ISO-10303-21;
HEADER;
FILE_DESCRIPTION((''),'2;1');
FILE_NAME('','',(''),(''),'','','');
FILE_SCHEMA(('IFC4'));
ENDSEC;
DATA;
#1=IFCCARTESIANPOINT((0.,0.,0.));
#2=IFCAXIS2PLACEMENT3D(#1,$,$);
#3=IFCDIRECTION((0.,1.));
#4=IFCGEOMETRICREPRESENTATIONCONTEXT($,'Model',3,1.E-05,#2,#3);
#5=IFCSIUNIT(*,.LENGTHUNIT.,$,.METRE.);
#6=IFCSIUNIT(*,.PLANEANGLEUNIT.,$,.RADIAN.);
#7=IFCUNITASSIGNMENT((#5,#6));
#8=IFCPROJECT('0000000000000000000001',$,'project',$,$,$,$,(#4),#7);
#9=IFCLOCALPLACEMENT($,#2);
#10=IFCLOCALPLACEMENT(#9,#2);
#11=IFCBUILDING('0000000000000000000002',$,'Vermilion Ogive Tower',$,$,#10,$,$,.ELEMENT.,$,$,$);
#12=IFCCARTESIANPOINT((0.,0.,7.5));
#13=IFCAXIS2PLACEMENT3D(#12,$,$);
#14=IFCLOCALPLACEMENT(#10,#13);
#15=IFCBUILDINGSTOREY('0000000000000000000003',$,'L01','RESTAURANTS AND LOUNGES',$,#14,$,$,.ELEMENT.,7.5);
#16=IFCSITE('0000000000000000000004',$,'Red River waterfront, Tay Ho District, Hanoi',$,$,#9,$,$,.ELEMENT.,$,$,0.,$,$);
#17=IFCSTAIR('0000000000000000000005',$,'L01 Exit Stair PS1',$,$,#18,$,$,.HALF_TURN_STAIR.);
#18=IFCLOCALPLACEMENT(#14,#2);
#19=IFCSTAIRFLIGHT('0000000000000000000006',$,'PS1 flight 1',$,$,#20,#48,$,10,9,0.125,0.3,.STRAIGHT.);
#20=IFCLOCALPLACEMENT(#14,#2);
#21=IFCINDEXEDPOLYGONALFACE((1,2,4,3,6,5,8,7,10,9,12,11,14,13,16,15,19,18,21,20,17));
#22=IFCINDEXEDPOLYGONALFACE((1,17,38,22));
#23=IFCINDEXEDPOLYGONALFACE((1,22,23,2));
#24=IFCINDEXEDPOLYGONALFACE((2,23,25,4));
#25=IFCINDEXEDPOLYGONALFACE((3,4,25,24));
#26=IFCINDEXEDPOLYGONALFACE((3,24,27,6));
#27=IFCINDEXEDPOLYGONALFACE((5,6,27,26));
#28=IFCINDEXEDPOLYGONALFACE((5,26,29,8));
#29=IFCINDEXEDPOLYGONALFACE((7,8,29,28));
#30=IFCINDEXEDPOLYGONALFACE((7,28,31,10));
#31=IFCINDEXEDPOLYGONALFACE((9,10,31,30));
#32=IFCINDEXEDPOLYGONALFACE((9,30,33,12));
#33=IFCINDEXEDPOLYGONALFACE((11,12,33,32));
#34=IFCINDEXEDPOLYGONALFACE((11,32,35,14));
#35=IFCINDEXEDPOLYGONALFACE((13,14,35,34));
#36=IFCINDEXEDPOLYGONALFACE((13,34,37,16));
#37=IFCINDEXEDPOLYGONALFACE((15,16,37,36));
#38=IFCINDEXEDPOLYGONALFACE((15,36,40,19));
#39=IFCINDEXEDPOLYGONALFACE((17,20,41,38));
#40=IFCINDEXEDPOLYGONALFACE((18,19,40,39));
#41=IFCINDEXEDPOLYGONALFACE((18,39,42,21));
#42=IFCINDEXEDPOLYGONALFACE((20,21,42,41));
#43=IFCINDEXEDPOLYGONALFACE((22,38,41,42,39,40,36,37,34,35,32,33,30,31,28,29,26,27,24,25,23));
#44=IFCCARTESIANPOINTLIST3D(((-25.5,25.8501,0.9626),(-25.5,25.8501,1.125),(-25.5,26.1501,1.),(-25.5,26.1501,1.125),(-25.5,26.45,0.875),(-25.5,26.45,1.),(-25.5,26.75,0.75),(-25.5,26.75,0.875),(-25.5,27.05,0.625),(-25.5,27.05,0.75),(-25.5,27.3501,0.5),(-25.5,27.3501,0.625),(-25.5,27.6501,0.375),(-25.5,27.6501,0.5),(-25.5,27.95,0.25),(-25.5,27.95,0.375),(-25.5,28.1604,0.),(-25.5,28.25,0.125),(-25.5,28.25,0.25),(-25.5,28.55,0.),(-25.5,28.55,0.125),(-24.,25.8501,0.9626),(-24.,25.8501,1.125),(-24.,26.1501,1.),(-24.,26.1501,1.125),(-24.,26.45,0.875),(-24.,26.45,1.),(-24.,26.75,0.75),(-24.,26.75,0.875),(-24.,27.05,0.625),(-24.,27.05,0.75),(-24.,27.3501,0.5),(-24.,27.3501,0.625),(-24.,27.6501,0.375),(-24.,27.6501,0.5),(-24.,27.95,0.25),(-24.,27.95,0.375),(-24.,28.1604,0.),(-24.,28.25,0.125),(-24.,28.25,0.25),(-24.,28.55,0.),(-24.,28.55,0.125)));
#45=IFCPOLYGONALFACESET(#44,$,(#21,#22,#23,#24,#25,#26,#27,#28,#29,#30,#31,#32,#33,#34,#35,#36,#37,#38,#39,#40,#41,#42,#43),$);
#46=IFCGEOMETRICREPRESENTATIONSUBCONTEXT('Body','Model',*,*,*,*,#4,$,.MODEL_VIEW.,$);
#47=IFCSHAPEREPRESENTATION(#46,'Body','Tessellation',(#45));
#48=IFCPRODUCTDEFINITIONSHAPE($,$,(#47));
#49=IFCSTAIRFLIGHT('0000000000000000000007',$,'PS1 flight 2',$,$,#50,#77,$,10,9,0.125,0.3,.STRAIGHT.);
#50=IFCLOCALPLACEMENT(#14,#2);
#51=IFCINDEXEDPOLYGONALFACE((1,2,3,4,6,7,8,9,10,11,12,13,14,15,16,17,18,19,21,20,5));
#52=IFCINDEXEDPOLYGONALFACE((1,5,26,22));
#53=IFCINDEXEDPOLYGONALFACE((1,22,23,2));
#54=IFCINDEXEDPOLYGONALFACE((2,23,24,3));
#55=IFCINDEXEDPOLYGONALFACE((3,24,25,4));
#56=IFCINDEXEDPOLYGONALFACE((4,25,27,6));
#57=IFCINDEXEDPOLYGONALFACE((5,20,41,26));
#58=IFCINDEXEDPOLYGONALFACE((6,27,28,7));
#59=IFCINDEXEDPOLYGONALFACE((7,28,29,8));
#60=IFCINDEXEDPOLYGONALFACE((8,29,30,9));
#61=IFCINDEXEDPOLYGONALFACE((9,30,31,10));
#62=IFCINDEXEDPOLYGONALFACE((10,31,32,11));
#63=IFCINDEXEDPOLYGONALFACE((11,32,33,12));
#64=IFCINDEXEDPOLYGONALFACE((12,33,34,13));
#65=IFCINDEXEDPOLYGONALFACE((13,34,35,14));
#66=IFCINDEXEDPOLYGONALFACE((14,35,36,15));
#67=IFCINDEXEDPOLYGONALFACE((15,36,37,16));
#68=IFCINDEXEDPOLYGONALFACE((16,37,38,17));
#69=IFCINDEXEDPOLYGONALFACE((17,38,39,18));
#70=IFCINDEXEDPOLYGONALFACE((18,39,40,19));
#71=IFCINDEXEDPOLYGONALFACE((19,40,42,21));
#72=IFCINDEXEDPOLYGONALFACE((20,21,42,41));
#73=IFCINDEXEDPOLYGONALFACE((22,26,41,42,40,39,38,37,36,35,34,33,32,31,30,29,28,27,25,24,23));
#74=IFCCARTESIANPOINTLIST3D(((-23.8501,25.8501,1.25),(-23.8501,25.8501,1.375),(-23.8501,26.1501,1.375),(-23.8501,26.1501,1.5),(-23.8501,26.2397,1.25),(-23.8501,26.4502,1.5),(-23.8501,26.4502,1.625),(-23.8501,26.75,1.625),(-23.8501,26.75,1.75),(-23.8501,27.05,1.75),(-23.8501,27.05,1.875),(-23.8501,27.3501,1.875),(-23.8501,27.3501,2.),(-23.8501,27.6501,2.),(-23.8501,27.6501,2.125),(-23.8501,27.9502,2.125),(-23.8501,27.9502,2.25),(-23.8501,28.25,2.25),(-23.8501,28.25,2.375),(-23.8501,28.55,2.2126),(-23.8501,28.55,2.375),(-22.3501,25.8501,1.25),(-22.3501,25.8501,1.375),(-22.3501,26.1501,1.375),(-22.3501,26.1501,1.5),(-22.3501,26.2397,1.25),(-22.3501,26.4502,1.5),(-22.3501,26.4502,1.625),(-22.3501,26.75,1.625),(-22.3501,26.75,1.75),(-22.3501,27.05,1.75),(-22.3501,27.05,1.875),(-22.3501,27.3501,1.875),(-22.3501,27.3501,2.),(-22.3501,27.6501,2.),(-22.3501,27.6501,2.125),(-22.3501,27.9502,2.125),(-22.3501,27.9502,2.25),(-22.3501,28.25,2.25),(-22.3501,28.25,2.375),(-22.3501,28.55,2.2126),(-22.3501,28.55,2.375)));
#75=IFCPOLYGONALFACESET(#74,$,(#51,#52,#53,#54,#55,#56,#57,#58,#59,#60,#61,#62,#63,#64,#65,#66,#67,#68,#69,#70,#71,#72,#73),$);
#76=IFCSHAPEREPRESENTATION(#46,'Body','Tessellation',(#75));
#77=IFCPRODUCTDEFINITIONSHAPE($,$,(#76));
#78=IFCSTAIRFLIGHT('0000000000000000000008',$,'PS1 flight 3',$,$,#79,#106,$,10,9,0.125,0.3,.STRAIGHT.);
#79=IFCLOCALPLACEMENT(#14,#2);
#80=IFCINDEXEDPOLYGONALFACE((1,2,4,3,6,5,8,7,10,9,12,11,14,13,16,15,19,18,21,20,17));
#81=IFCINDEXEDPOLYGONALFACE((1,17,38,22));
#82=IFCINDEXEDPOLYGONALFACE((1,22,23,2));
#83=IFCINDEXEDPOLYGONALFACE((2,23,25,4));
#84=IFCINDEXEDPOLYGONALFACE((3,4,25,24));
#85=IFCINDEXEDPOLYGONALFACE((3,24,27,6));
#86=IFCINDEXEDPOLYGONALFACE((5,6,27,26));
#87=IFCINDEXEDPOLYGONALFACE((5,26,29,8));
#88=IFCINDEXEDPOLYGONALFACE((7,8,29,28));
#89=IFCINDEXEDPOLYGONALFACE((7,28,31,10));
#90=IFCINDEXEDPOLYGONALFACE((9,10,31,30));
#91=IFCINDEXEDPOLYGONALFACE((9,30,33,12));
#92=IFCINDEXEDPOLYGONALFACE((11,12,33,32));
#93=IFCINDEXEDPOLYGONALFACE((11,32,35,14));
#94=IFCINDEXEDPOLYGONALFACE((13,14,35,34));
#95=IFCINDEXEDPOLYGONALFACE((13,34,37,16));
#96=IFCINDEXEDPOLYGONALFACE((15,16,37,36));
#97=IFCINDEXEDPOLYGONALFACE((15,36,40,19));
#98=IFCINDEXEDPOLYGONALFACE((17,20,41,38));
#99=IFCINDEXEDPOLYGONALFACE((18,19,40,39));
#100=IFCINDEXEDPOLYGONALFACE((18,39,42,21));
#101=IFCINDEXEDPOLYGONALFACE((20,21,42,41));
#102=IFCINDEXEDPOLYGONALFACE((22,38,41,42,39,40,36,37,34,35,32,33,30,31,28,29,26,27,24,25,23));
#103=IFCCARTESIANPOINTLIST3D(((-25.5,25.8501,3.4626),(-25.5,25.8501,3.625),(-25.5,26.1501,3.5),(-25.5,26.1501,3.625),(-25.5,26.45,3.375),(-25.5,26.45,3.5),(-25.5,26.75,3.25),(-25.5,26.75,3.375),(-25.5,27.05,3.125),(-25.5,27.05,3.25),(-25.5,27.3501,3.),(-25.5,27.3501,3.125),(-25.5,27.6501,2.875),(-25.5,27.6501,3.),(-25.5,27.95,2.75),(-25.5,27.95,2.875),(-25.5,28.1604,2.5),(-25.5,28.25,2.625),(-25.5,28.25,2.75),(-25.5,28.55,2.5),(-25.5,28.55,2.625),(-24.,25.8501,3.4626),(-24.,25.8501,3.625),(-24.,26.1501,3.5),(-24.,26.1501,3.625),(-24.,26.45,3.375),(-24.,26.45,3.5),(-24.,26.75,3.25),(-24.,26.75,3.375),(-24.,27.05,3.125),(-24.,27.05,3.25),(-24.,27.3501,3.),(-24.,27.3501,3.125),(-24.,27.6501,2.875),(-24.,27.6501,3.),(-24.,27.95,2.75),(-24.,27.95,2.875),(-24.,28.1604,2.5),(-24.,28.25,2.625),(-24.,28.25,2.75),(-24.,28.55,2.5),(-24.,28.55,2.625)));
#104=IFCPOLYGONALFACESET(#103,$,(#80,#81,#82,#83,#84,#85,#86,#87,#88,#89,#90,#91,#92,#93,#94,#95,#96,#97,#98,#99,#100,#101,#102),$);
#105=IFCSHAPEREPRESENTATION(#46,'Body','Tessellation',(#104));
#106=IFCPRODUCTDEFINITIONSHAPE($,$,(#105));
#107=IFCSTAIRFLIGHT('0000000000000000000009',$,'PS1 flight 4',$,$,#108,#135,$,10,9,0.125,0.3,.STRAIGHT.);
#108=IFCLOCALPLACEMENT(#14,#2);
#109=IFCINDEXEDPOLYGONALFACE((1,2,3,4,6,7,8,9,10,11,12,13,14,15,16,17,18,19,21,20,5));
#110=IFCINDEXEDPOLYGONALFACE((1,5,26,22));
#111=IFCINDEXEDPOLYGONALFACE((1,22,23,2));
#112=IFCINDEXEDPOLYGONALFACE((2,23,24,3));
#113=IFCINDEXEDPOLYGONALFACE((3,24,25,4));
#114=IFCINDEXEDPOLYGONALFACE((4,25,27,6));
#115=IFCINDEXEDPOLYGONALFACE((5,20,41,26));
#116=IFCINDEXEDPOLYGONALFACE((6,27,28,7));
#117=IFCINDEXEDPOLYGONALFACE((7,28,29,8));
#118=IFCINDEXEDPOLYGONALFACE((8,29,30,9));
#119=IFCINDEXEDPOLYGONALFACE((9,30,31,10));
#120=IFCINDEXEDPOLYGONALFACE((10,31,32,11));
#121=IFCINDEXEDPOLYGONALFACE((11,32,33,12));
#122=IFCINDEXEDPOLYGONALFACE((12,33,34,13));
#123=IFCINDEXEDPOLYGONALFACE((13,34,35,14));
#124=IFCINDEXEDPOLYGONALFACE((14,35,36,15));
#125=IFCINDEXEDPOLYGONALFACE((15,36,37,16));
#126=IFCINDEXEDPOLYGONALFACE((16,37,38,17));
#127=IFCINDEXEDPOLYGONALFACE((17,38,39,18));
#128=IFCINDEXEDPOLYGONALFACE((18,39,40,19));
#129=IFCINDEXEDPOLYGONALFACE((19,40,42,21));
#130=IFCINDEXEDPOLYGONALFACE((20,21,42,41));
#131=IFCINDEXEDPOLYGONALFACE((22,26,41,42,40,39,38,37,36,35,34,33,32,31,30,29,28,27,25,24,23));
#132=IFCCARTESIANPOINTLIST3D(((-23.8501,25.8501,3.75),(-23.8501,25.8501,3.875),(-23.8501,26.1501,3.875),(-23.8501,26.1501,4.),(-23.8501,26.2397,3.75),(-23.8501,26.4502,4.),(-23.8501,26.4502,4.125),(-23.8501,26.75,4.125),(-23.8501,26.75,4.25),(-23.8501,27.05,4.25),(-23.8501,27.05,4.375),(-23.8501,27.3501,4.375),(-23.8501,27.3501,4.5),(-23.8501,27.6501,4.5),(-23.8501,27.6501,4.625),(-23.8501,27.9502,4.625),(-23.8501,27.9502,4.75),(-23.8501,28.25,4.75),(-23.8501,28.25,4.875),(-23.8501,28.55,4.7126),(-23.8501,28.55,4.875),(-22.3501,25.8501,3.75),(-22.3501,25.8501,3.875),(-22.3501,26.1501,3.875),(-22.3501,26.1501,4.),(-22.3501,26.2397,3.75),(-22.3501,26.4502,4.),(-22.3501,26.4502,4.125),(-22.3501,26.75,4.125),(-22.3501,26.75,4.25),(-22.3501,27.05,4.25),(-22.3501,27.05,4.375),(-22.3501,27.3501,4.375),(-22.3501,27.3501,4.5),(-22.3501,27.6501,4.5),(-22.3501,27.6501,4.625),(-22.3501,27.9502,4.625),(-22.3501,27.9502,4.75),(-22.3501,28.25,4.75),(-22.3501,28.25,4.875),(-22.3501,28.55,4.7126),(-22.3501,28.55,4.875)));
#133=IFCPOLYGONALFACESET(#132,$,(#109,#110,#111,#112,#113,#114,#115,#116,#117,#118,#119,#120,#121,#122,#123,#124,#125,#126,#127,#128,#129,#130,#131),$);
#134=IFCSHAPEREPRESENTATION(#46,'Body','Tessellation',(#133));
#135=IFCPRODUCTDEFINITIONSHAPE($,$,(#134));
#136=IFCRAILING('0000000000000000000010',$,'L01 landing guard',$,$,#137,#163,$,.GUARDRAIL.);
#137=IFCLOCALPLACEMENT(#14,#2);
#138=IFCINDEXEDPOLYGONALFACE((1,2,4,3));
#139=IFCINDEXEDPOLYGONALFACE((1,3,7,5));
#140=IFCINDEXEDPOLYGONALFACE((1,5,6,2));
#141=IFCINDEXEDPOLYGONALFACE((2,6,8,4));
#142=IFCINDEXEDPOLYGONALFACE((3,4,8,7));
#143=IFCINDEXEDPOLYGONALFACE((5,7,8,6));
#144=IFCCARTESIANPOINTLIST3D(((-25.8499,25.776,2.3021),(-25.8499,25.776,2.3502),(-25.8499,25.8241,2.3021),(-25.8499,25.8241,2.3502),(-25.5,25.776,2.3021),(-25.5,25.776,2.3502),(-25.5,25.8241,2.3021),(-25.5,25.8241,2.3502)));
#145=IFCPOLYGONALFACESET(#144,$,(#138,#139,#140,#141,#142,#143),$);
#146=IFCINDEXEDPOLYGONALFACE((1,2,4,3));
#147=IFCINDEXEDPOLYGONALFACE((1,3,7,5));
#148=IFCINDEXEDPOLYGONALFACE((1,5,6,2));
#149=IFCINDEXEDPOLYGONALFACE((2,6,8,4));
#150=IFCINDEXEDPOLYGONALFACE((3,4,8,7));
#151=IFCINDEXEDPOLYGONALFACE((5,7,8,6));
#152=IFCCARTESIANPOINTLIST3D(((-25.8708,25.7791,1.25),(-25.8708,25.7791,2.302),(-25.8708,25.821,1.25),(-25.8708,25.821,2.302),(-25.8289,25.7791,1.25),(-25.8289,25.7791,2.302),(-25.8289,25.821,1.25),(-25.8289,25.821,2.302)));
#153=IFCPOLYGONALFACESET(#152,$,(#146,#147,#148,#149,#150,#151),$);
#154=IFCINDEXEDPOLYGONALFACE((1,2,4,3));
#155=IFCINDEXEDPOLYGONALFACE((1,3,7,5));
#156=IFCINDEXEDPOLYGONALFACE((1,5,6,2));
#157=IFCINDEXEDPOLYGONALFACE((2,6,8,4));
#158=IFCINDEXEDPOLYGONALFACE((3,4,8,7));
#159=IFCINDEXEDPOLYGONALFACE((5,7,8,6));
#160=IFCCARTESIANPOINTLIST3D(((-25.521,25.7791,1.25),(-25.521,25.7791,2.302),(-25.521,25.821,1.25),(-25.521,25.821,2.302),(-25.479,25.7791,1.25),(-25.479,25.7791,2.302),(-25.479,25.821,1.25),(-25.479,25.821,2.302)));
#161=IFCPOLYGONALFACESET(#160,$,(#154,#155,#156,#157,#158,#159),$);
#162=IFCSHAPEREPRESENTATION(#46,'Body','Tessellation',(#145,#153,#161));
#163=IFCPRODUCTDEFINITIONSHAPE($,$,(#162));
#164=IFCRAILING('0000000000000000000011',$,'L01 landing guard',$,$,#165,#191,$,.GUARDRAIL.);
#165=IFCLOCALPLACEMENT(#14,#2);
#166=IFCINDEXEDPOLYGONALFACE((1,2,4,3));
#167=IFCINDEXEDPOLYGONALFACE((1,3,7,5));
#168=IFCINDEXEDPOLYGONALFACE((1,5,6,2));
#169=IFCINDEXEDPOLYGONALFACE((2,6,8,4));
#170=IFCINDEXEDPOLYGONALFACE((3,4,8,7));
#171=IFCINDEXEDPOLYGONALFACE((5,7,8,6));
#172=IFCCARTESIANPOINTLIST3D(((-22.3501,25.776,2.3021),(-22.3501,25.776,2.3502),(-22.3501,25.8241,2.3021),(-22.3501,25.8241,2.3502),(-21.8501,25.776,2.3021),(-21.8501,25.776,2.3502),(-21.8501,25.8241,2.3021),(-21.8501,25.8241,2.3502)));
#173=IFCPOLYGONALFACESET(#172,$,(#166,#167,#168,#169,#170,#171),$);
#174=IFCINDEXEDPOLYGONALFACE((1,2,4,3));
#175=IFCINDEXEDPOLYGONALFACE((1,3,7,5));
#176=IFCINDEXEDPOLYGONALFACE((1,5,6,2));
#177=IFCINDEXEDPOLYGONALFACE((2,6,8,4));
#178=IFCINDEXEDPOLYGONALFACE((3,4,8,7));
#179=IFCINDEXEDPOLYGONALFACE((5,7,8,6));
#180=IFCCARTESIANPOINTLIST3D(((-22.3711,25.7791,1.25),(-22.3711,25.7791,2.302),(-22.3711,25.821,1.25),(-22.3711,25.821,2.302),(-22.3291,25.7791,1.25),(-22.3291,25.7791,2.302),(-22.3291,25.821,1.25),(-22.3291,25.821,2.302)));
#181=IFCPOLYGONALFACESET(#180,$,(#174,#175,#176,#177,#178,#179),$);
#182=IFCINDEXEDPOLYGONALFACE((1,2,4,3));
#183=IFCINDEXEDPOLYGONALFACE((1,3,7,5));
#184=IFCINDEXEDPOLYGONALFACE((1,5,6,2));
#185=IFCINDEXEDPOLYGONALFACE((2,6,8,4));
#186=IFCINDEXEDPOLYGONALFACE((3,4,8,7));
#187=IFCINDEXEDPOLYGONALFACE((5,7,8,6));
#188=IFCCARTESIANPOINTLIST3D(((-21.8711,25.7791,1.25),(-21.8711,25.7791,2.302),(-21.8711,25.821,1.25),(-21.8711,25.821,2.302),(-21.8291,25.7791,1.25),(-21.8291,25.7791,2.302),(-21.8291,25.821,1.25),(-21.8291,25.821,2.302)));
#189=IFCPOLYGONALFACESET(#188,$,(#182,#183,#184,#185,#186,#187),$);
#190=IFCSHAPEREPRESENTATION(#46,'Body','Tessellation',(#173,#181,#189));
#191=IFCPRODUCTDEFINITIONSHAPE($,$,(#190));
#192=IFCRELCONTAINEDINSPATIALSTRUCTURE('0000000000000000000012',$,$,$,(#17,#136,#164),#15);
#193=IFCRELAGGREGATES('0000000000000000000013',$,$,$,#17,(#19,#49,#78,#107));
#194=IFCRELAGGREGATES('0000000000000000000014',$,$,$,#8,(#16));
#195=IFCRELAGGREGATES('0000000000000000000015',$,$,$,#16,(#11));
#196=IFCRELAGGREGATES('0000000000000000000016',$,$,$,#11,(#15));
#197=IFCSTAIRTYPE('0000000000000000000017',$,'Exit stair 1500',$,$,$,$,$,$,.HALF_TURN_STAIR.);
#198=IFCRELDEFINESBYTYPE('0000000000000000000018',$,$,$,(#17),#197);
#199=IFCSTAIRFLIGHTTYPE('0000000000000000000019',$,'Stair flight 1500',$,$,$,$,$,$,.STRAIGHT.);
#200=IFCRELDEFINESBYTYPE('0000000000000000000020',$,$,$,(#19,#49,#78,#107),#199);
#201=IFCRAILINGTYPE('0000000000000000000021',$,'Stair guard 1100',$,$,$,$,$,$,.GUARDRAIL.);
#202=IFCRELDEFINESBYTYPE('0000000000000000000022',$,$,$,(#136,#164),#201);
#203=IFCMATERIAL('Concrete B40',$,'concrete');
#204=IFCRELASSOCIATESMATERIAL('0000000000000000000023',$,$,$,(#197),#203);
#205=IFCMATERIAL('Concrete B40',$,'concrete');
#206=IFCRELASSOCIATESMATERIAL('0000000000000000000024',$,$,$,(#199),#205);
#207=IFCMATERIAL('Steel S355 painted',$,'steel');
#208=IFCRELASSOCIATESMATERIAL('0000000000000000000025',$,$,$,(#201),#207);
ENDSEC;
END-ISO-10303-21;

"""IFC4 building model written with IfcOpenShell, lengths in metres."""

from ifc_helpers import new_model, si_unit, direction, frame, origin, origin_2d, place, context, subcontext, project, spatial, polyline, rectangle, outline, extrude, material, type_object, element, aggregate, save


model = new_model("IFC4")

# Units and contexts
model_context = context("Model", 3, precision=1e-05, world=origin(), true_north=direction((0.0, 1.0)))
body_context = subcontext(model_context, "Body", "Model", "MODEL_VIEW")
ifc_project = project(units=[si_unit("LENGTHUNIT", "METRE"), si_unit("PLANEANGLEUNIT", "RADIAN")], contexts=[model_context])

# Site, building, storey
site_placement = place(None, origin())
site = spatial("IfcSite", under=ifc_project, at=site_placement, Name="Red River waterfront, Tay Ho District, Hanoi", CompositionType="ELEMENT", RefElevation=0.0)
building_placement = place(site_placement, origin())
building = spatial("IfcBuilding", under=site, at=building_placement, Name="Vermilion Ogive Tower", CompositionType="ELEMENT")
storey_placement = place(building_placement, frame((0.0, 0.0, 7.5)))
storey = spatial("IfcBuildingStorey", under=building, at=storey_placement, Name="L01", Description="RESTAURANTS AND LOUNGES", CompositionType="ELEMENT", Elevation=7.5)

# Stair, stair flights
ifc_material_1 = material(Name="Concrete B40", Category="concrete")
stair_type = type_object("IfcStairType", Name="Exit stair 1500", PredefinedType="HALF_TURN_STAIR", material=ifc_material_1)
stair_placement = place(storey_placement, origin())
stair = element("IfcStair", 1, at=stair_placement, inside=storey, type_object=stair_type, Name="L01 Exit Stair PS1", PredefinedType="HALF_TURN_STAIR")
ifc_material_2 = material(Name="Concrete B40", Category="concrete")
stair_flight_type = type_object("IfcStairFlightType", Name="Stair flight 1500", PredefinedType="STRAIGHT", material=ifc_material_2)
stair_flight_1_placement = place(storey_placement, frame((-24.75, 28.55, 0.0), z_axis=(0.0, 0.0, 1.0), x_axis=(0.0, -1.0, 0.0)))
stair_flight_1 = element("IfcStairFlight", 2, at=stair_flight_1_placement, type_object=stair_flight_type, Name="PS1 flight 1", NumberOfRisers=10, NumberOfTreads=9, PredefinedType="STRAIGHT", RiserHeight=0.125, TreadLength=0.3, context=body_context, shape_type="SweptSolid", body=[
    extrude(outline(polyline([(0.0, 0.0), (0.0, 0.125), (0.3, 0.125), (0.3, 0.25), (0.6001, 0.25), (0.6001, 0.375), (0.8999, 0.375), (0.8999, 0.5), (1.2, 0.5), (1.2, 0.625), (1.5, 0.625), (1.5, 0.75), (1.8, 0.75), (1.8, 0.875), (2.1001, 0.875), (2.1001, 1.0), (2.3999, 1.0), (2.3999, 1.125), (2.7, 1.125), (2.7, 1.25), (2.7, 0.9626), (0.3896, 0.0), (0.0, 0.0)])), frame((0.0, 0.75, 0.0), z_axis=(0.0, -1.0, 0.0), x_axis=(1.0, 0.0, 0.0)), (0.0, 0.0, 1.0), 1.5),
])
stair_flight_2_placement = place(storey_placement, frame((-23.1001, 25.8501, 1.25), z_axis=(0.0, 0.0, 1.0), x_axis=(0.0, 1.0, 0.0)))
stair_flight_2 = element("IfcStairFlight", 3, at=stair_flight_2_placement, type_object=stair_flight_type, Name="PS1 flight 2", NumberOfRisers=10, NumberOfTreads=9, PredefinedType="STRAIGHT", RiserHeight=0.125, TreadLength=0.3, context=body_context, shape_type="SweptSolid", body=[
    extrude(outline(polyline([(0.0, 0.0), (0.0, 0.125), (0.3, 0.125), (0.3, 0.25), (0.6001, 0.25), (0.6001, 0.375), (0.8999, 0.375), (0.8999, 0.5), (1.2, 0.5), (1.2, 0.625), (1.5, 0.625), (1.5, 0.75), (1.8, 0.75), (1.8, 0.875), (2.1001, 0.875), (2.1001, 1.0), (2.3999, 1.0), (2.3999, 1.125), (2.7, 1.125), (2.7, 1.25), (2.7, 0.9626), (0.3896, 0.0), (0.0, 0.0)])), frame((0.0, 0.75, 0.0), z_axis=(0.0, -1.0, 0.0), x_axis=(1.0, 0.0, 0.0)), (0.0, 0.0, 1.0), 1.5),
])
stair_flight_3_placement = place(storey_placement, frame((-24.75, 28.55, 2.5), z_axis=(0.0, 0.0, 1.0), x_axis=(0.0, -1.0, 0.0)))
stair_flight_3 = element("IfcStairFlight", 4, at=stair_flight_3_placement, type_object=stair_flight_type, Name="PS1 flight 3", NumberOfRisers=10, NumberOfTreads=9, PredefinedType="STRAIGHT", RiserHeight=0.125, TreadLength=0.3, context=body_context, shape_type="SweptSolid", body=[
    extrude(outline(polyline([(0.0, 0.0), (0.0, 0.125), (0.3, 0.125), (0.3, 0.25), (0.6001, 0.25), (0.6001, 0.375), (0.8999, 0.375), (0.8999, 0.5), (1.2, 0.5), (1.2, 0.625), (1.5, 0.625), (1.5, 0.75), (1.8, 0.75), (1.8, 0.875), (2.1001, 0.875), (2.1001, 1.0), (2.3999, 1.0), (2.3999, 1.125), (2.7, 1.125), (2.7, 1.25), (2.7, 0.9626), (0.3896, 0.0), (0.0, 0.0)])), frame((0.0, 0.75, 0.0), z_axis=(0.0, -1.0, 0.0), x_axis=(1.0, 0.0, 0.0)), (0.0, 0.0, 1.0), 1.5),
])
stair_flight_4_placement = place(storey_placement, frame((-23.1001, 25.8501, 3.75), z_axis=(0.0, 0.0, 1.0), x_axis=(0.0, 1.0, 0.0)))
stair_flight_4 = element("IfcStairFlight", 5, at=stair_flight_4_placement, type_object=stair_flight_type, Name="PS1 flight 4", NumberOfRisers=10, NumberOfTreads=9, PredefinedType="STRAIGHT", RiserHeight=0.125, TreadLength=0.3, context=body_context, shape_type="SweptSolid", body=[
    extrude(outline(polyline([(0.0, 0.0), (0.0, 0.125), (0.3, 0.125), (0.3, 0.25), (0.6001, 0.25), (0.6001, 0.375), (0.8999, 0.375), (0.8999, 0.5), (1.2, 0.5), (1.2, 0.625), (1.5, 0.625), (1.5, 0.75), (1.8, 0.75), (1.8, 0.875), (2.1001, 0.875), (2.1001, 1.0), (2.3999, 1.0), (2.3999, 1.125), (2.7, 1.125), (2.7, 1.25), (2.7, 0.9626), (0.3896, 0.0), (0.0, 0.0)])), frame((0.0, 0.75, 0.0), z_axis=(0.0, -1.0, 0.0), x_axis=(1.0, 0.0, 0.0)), (0.0, 0.0, 1.0), 1.5),
])
aggregate(stair, [stair_flight_1, stair_flight_2, stair_flight_3, stair_flight_4])

# Railings
ifc_material_3 = material(Name="Steel S355 painted", Category="steel")
railing_type_1 = type_object("IfcRailingType", Name="Stair guard 1100", PredefinedType="GUARDRAIL", material=ifc_material_3)
railing_1_placement = place(storey_placement, frame((-25.8499, 25.8, 1.25)))
element("IfcRailing", 6, at=railing_1_placement, inside=storey, type_object=railing_type_1, Name="L01 landing guard", PredefinedType="GUARDRAIL", context=body_context, shape_type="SweptSolid", body=[
    extrude(rectangle(XDim=0.0481, YDim=0.0481, at=origin_2d()), frame((0.0, 0.0, 1.0762), z_axis=(1.0, 0.0, 0.0), x_axis=(0.0, 1.0, 0.0)), (0.0, 0.0, 1.0), 0.3499),
    extrude(rectangle(XDim=0.042, YDim=0.042, at=origin_2d()), origin(), (0.0, 0.0, 1.0), 1.052),
    extrude(rectangle(XDim=0.042, YDim=0.042, at=origin_2d()), frame((0.3499, 0.0, 0.0)), (0.0, 0.0, 1.0), 1.052),
])
railing_2_placement = place(storey_placement, frame((-22.3501, 25.8, 1.25)))
element("IfcRailing", 7, at=railing_2_placement, inside=storey, type_object=railing_type_1, Name="L01 landing guard", PredefinedType="GUARDRAIL", context=body_context, shape_type="SweptSolid", body=[
    extrude(rectangle(XDim=0.0481, YDim=0.0481, at=origin_2d()), frame((0.0, 0.0, 1.0762), z_axis=(1.0, 0.0, 0.0), x_axis=(0.0, 1.0, 0.0)), (0.0, 0.0, 1.0), 0.5),
    extrude(rectangle(XDim=0.042, YDim=0.042, at=origin_2d()), origin(), (0.0, 0.0, 1.0), 1.052),
    extrude(rectangle(XDim=0.042, YDim=0.042, at=origin_2d()), frame((0.5, 0.0, 0.0)), (0.0, 0.0, 1.0), 1.052),
])

save(model, "model.ifc")
